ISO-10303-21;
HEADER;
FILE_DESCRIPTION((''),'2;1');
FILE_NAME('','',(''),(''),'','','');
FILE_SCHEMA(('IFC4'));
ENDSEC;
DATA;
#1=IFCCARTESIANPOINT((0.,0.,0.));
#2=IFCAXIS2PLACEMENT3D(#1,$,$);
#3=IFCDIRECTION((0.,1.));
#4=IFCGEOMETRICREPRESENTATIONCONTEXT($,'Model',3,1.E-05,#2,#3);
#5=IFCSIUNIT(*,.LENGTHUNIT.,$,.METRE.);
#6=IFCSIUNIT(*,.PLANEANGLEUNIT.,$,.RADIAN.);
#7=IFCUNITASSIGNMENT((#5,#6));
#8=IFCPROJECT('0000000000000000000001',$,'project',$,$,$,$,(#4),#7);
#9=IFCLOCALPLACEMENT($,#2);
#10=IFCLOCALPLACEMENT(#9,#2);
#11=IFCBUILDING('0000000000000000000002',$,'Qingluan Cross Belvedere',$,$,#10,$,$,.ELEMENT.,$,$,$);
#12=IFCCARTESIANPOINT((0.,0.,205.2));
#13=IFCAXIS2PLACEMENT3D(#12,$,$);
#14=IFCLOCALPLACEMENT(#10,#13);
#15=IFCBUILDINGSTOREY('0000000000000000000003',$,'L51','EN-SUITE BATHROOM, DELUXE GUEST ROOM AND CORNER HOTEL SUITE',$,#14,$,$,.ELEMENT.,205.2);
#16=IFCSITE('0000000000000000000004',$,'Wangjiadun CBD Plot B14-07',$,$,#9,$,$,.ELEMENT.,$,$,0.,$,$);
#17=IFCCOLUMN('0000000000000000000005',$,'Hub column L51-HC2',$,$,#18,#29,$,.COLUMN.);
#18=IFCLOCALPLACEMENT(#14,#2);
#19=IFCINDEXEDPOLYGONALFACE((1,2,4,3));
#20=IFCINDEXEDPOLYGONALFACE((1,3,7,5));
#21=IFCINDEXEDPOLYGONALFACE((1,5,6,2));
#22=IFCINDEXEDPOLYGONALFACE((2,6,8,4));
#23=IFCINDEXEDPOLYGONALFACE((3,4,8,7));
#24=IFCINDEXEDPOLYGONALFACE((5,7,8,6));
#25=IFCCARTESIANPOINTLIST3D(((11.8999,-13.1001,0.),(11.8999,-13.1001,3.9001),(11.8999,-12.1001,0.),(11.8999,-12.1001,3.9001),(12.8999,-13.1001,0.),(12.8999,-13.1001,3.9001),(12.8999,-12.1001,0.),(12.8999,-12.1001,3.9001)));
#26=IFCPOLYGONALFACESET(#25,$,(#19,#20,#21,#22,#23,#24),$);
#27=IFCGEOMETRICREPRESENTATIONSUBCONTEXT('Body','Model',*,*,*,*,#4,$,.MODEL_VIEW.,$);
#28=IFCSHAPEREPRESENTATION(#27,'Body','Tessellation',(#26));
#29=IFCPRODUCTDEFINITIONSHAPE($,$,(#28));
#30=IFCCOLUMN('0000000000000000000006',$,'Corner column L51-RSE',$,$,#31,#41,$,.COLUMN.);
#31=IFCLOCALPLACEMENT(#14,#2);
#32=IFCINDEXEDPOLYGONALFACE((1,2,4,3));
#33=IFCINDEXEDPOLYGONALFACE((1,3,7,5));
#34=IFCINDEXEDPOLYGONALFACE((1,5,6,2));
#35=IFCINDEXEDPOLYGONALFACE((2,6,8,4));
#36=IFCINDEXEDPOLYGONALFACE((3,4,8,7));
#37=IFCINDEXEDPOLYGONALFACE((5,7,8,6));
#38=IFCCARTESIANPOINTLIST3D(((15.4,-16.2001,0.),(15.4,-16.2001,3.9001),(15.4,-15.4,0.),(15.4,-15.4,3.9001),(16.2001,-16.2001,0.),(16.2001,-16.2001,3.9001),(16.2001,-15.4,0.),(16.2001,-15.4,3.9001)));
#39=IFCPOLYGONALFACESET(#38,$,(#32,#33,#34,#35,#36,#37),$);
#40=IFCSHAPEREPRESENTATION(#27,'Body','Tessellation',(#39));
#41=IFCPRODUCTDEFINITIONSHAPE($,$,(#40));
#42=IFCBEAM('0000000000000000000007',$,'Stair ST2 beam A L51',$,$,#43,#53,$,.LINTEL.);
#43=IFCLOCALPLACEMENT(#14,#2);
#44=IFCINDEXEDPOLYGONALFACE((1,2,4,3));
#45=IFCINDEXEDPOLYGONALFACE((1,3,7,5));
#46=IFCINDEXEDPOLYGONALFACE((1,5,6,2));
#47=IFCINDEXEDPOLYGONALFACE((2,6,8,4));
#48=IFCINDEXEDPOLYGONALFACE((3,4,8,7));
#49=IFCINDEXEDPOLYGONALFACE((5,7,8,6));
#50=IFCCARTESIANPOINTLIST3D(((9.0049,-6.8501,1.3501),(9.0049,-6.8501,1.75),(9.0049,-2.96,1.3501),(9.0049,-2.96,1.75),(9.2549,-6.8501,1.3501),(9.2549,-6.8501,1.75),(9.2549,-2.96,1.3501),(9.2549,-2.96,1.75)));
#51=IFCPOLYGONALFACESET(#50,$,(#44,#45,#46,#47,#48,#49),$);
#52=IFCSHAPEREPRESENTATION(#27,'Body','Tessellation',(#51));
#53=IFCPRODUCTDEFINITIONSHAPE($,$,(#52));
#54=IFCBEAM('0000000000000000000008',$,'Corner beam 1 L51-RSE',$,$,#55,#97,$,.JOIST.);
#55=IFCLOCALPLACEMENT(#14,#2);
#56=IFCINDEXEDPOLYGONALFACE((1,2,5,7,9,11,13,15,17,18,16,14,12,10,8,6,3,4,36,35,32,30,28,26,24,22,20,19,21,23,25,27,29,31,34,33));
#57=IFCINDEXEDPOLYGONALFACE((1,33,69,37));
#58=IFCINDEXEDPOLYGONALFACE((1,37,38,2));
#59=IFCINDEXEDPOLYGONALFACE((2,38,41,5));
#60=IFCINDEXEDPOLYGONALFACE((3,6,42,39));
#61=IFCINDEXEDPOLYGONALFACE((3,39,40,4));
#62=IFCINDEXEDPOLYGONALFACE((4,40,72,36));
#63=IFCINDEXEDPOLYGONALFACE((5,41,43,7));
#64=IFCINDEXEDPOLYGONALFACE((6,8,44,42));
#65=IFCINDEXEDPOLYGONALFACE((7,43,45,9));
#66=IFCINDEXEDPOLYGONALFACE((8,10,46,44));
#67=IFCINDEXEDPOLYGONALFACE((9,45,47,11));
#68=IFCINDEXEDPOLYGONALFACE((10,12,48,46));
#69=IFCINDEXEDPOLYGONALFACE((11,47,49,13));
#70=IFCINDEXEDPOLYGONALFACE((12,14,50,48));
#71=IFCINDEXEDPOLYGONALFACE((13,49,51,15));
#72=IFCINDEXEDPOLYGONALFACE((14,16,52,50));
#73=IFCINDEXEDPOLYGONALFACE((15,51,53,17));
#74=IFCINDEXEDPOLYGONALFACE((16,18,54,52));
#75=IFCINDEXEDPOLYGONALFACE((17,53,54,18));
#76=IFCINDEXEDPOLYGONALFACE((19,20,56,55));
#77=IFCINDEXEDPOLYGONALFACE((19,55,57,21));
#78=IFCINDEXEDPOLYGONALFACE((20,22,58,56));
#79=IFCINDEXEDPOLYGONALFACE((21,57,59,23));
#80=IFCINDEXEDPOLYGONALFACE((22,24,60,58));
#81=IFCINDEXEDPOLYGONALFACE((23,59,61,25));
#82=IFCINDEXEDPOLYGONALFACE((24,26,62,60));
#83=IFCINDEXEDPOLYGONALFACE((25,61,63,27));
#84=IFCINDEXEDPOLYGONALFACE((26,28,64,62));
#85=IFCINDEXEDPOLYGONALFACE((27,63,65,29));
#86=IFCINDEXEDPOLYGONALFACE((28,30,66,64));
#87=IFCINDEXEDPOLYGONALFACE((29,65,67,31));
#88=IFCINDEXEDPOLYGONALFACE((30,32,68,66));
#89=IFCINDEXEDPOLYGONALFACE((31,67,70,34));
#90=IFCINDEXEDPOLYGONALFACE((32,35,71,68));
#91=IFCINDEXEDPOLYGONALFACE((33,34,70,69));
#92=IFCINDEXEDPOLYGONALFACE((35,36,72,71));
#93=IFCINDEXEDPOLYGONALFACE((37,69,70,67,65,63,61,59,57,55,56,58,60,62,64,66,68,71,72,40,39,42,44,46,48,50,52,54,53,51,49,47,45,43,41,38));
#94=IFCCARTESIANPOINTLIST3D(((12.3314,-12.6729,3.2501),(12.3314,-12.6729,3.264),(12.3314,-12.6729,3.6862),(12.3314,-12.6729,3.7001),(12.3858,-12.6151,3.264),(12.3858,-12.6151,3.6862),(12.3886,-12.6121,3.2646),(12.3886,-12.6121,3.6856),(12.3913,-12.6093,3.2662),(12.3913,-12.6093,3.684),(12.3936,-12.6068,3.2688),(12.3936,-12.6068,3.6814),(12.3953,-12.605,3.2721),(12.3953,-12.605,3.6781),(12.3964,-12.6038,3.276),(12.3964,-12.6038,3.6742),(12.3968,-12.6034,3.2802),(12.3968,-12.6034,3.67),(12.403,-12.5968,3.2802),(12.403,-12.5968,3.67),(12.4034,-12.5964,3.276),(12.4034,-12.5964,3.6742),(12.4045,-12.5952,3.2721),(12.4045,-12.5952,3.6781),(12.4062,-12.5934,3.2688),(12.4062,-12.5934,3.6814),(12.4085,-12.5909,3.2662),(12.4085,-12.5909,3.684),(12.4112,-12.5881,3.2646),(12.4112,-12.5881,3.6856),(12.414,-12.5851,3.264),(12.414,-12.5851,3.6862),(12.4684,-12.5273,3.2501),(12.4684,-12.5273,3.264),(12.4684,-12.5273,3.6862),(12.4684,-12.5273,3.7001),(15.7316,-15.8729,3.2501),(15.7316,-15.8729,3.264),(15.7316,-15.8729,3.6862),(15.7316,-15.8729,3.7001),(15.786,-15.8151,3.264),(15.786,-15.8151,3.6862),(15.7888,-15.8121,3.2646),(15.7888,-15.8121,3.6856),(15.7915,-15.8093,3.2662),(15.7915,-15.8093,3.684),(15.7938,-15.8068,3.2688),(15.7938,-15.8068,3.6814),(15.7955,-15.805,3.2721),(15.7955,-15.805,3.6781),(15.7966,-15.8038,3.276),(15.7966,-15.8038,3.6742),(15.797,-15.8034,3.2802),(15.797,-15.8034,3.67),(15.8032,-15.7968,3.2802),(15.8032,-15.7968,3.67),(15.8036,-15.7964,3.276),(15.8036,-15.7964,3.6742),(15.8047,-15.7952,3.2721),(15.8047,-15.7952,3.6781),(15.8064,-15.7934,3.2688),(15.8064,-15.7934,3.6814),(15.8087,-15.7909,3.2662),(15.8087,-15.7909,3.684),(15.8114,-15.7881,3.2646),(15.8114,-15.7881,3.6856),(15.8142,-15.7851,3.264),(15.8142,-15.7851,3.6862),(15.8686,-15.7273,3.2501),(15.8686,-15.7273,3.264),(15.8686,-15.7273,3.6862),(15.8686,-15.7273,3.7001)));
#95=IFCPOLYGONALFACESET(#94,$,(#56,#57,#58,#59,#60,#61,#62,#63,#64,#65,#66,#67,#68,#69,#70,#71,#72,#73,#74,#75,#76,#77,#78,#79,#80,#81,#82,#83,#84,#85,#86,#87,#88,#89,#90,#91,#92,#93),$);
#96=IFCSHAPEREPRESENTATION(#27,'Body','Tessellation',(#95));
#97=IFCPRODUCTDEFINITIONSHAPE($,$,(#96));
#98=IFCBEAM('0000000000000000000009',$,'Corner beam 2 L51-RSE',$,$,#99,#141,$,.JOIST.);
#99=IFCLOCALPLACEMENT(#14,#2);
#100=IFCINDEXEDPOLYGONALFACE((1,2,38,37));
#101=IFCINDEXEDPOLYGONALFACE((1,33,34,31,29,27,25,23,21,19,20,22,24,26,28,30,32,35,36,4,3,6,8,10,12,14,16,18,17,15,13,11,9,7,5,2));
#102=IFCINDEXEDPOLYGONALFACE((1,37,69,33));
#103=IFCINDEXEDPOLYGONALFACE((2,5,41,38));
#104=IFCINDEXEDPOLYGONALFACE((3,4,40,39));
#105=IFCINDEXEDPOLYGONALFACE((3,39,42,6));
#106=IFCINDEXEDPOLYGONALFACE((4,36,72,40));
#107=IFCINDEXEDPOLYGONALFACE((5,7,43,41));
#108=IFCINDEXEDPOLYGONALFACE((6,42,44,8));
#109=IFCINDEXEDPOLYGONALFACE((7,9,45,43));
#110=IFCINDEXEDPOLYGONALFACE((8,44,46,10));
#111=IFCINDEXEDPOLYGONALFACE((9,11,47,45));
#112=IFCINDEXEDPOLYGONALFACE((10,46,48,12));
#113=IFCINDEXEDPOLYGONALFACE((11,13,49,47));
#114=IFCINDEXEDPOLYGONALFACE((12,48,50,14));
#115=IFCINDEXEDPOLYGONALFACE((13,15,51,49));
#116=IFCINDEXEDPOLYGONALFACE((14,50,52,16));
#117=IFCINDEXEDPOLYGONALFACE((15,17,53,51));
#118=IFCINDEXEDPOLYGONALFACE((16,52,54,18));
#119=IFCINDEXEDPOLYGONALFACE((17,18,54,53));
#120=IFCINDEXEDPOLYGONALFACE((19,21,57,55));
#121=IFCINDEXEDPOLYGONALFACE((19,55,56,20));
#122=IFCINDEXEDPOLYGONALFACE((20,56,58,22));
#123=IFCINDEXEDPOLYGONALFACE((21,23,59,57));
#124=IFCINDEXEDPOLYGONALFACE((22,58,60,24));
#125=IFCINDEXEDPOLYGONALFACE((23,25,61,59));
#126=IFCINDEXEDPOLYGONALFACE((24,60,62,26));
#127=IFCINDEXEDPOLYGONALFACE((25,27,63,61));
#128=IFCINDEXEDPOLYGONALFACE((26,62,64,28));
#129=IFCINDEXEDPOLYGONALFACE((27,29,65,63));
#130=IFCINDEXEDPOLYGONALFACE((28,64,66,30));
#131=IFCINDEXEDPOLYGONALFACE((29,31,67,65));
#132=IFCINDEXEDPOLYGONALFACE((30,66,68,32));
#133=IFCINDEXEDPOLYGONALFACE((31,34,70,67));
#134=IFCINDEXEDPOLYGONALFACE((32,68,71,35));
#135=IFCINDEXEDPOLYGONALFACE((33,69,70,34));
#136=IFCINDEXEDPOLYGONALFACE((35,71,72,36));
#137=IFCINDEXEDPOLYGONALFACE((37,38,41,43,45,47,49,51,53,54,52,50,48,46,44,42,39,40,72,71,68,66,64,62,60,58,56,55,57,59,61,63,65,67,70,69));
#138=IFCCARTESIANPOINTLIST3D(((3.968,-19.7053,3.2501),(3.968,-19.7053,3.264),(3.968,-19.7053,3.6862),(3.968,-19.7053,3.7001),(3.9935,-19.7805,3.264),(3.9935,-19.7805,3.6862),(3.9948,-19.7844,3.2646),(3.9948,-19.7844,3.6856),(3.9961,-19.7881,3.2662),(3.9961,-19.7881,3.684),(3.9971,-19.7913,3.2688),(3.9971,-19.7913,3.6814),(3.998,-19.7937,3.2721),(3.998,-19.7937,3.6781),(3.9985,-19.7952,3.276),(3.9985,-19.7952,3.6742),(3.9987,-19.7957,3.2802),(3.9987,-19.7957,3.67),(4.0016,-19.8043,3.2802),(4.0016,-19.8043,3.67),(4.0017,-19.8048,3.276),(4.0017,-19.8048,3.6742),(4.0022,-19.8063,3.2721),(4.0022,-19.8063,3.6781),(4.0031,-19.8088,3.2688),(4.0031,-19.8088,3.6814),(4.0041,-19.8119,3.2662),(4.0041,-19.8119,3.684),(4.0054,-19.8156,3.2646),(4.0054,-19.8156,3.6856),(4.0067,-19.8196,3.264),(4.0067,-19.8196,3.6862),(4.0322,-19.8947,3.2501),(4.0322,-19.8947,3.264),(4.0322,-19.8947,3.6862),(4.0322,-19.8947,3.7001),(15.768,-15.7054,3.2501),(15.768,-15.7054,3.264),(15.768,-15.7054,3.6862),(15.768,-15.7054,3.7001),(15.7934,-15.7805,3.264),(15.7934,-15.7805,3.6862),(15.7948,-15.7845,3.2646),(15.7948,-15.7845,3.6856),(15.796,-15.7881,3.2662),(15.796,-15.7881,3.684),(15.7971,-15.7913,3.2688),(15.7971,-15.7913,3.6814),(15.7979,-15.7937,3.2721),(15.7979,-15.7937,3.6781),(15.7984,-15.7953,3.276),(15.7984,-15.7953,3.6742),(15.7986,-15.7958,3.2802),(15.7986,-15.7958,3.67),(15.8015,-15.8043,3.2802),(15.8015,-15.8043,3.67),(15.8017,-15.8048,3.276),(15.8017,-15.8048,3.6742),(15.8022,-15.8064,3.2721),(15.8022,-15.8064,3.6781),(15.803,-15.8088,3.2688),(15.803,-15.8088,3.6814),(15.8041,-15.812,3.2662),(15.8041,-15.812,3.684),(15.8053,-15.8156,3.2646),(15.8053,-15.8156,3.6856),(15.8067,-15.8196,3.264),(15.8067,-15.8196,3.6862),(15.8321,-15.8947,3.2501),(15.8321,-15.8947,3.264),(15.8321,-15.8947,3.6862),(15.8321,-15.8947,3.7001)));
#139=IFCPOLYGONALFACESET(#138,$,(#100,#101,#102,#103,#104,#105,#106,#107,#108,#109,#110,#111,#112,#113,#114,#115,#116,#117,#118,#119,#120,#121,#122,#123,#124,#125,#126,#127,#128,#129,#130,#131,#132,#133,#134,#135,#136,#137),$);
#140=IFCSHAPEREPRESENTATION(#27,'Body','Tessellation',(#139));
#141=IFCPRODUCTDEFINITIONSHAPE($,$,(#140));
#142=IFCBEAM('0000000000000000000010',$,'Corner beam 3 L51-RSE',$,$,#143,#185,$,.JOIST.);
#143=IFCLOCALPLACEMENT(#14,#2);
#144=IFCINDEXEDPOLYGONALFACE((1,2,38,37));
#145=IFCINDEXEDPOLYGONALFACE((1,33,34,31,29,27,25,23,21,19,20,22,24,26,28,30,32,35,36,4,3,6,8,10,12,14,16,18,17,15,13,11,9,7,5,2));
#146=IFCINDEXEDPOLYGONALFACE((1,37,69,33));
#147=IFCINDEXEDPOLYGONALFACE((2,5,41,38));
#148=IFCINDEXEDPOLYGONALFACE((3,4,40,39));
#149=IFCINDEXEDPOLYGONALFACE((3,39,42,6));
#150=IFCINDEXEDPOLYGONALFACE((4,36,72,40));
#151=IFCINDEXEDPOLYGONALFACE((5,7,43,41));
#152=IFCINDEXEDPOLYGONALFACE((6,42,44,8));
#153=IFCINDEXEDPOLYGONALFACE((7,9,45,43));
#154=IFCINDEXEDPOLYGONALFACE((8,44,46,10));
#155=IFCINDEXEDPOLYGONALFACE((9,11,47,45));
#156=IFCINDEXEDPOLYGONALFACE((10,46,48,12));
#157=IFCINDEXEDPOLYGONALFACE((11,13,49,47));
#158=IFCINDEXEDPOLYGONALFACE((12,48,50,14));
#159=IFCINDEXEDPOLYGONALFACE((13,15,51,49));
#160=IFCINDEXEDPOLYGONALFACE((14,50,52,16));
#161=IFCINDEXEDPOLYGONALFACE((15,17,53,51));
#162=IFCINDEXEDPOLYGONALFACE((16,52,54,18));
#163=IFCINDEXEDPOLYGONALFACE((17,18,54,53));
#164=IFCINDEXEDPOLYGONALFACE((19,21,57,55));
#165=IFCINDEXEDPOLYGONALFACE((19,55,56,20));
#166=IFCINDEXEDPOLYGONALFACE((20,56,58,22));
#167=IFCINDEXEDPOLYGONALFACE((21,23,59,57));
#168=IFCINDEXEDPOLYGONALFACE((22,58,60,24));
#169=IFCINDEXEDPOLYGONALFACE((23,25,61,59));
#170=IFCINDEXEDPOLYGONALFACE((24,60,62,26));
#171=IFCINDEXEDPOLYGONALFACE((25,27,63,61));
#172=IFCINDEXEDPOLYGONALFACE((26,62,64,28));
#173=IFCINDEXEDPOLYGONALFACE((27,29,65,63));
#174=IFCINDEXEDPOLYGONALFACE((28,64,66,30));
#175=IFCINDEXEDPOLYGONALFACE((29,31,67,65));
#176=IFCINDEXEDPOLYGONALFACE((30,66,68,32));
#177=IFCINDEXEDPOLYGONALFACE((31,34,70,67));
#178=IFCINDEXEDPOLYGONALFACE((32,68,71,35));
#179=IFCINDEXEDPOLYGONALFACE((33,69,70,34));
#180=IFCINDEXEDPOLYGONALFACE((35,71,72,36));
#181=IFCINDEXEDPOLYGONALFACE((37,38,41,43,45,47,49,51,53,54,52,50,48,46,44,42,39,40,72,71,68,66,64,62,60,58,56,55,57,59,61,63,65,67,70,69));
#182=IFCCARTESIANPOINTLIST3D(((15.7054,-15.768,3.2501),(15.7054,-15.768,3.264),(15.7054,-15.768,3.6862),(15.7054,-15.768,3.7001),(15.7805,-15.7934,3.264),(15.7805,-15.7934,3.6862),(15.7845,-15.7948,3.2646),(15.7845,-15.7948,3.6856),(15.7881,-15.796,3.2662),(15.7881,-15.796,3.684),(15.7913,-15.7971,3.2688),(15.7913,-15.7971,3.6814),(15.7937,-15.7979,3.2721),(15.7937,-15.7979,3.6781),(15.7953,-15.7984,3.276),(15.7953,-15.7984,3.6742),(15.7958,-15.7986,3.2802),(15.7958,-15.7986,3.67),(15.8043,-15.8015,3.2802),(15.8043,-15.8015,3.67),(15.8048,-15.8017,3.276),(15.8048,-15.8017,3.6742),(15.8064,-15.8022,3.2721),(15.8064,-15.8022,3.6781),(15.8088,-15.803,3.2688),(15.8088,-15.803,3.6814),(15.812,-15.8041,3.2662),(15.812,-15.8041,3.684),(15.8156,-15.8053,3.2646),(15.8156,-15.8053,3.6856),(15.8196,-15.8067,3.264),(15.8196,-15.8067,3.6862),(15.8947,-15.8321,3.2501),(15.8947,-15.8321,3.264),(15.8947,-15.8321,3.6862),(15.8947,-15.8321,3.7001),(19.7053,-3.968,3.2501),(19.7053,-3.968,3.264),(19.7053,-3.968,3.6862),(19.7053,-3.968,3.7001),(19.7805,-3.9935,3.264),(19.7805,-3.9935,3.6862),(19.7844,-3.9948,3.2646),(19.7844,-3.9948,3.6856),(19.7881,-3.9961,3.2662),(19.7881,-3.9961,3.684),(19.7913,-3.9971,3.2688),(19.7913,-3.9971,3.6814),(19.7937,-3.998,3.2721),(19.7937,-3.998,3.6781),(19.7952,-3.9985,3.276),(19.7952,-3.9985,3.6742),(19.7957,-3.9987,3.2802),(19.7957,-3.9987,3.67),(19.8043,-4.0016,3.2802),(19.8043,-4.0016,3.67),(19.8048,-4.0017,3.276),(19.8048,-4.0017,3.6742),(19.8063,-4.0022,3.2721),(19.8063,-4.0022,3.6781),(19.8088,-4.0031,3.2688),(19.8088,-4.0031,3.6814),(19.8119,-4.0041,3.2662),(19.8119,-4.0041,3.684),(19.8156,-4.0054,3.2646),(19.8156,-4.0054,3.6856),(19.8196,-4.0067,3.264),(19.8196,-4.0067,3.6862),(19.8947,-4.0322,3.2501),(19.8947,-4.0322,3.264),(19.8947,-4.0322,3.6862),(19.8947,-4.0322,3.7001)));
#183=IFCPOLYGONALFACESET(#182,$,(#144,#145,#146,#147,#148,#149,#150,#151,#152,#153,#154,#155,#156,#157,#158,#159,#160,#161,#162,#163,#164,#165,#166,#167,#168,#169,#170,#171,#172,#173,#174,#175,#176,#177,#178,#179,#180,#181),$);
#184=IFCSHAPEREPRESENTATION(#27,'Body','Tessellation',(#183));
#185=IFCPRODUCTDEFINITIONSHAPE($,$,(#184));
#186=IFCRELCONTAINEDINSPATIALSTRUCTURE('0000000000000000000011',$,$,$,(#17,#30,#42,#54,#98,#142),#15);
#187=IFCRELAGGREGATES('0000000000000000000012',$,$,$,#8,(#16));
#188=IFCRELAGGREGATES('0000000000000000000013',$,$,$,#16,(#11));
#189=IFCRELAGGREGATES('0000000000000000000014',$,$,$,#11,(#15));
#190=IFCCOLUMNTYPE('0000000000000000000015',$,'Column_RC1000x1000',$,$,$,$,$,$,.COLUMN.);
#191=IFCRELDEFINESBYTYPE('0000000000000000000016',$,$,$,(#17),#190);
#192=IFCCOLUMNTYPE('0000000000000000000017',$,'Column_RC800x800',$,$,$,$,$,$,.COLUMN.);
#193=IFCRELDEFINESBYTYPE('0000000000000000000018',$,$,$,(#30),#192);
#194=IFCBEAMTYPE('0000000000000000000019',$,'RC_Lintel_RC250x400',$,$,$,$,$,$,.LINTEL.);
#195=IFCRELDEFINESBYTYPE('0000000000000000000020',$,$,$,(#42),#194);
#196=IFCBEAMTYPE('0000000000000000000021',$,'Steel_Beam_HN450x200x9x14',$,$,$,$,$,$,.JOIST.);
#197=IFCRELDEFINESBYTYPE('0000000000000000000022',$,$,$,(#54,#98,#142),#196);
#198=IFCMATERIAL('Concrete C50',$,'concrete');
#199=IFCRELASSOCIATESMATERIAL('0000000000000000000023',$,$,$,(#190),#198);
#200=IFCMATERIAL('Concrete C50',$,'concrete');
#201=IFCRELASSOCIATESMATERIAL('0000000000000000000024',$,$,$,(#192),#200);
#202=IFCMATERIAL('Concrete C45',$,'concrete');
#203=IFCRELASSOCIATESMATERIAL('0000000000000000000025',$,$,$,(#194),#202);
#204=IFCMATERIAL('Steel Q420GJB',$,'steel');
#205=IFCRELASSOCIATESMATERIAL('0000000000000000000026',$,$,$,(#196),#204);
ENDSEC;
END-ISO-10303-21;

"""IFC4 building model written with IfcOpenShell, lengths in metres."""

from ifc_helpers import new_model, si_unit, direction, frame, origin, origin_2d, place, context, subcontext, project, spatial, rectangle, i_section, extrude, material, material_profile, profile_set, type_object, element, save


model = new_model("IFC4")

# Units and contexts
model_context = context("Model", 3, precision=1e-05, world=origin(), true_north=direction((0.0, 1.0)))
body_context = subcontext(model_context, "Body", "Model", "MODEL_VIEW")
ifc_project = project(units=[si_unit("LENGTHUNIT", "METRE"), si_unit("PLANEANGLEUNIT", "RADIAN")], contexts=[model_context])

# Site, building, storey
site_placement = place(None, origin())
site = spatial("IfcSite", under=ifc_project, at=site_placement, Name="Wangjiadun CBD Plot B14-07", CompositionType="ELEMENT", RefElevation=0.0)
building_placement = place(site_placement, origin())
building = spatial("IfcBuilding", under=site, at=building_placement, Name="Qingluan Cross Belvedere", CompositionType="ELEMENT")
storey_placement = place(building_placement, frame((0.0, 0.0, 205.2)))
storey = spatial("IfcBuildingStorey", under=building, at=storey_placement, Name="L51", Description="EN-SUITE BATHROOM, DELUXE GUEST ROOM AND CORNER HOTEL SUITE", CompositionType="ELEMENT", Elevation=205.2)

# Columns
ifc_material_1 = material(Name="Concrete C50", Category="concrete")
ifc_material_profile_1 = material_profile(ifc_material_1, rectangle(XDim=1.0, YDim=1.0, at=origin_2d()), Name="RC1000x1000")
ifc_profile_set_1 = profile_set([ifc_material_profile_1], Name="Concrete C50")
column_type_1 = type_object("IfcColumnType", Name="Column_RC1000x1000", PredefinedType="COLUMN", material=ifc_profile_set_1)
column_1_placement = place(storey_placement, frame((12.3999, -12.6001, 0.0), z_axis=(0.0, 0.0, 1.0), x_axis=(1.0, 0.0, 0.0)))
element("IfcColumn", 1, at=column_1_placement, inside=storey, type_object=column_type_1, Name="Hub column L51-HC2", PredefinedType="COLUMN", context=body_context, shape_type="SweptSolid", body=[
    extrude(rectangle(XDim=1.0, YDim=1.0, at=origin_2d()), origin(), (0.0, 0.0, 1.0), 3.9001),
])
ifc_material_2 = material(Name="Concrete C50", Category="concrete")
ifc_material_profile_2 = material_profile(ifc_material_2, rectangle(XDim=0.8, YDim=0.8, at=origin_2d()), Name="RC800x800")
ifc_profile_set_2 = profile_set([ifc_material_profile_2], Name="Concrete C50")
column_type_2 = type_object("IfcColumnType", Name="Column_RC800x800", PredefinedType="COLUMN", material=ifc_profile_set_2)
column_2_placement = place(storey_placement, frame((15.8, -15.8, 0.0), z_axis=(0.0, 0.0, 1.0), x_axis=(1.0, 0.0, 0.0)))
element("IfcColumn", 2, at=column_2_placement, inside=storey, type_object=column_type_2, Name="Corner column L51-RSE", PredefinedType="COLUMN", context=body_context, shape_type="SweptSolid", body=[
    extrude(rectangle(XDim=0.8, YDim=0.8, at=origin_2d()), origin(), (0.0, 0.0, 1.0), 3.9001),
])

# Beams
ifc_material_3 = material(Name="Concrete C45", Category="concrete")
ifc_material_profile_3 = material_profile(ifc_material_3, rectangle(XDim=0.25, YDim=0.3999, at=origin_2d()), Name="RC250x400")
ifc_profile_set_3 = profile_set([ifc_material_profile_3], Name="Concrete C45")
beam_type_1 = type_object("IfcBeamType", Name="RC_Lintel_RC250x400", PredefinedType="LINTEL", material=ifc_profile_set_3)
beam_1_placement = place(storey_placement, frame((9.1299, -6.8501, 1.55), z_axis=(0.0, 1.0, 0.0), x_axis=(-1.0, 0.0, 0.0)))
element("IfcBeam", 3, at=beam_1_placement, inside=storey, type_object=beam_type_1, Name="Stair ST2 beam A L51", PredefinedType="LINTEL", context=body_context, shape_type="SweptSolid", body=[
    extrude(rectangle(XDim=0.25, YDim=0.3999, at=origin_2d()), origin(), (0.0, 0.0, 1.0), 3.8901),
])
ifc_material_4 = material(Name="Steel Q420GJB", Category="steel")
ifc_material_profile_4 = material_profile(ifc_material_4, i_section(OverallWidth=0.2, OverallDepth=0.45, WebThickness=0.009, FlangeThickness=0.0139, FilletRadius=0.0161, at=origin_2d()), Name="HN450x200x9x14")
ifc_profile_set_4 = profile_set([ifc_material_profile_4], Name="Steel Q420GJB")
beam_type_2 = type_object("IfcBeamType", Name="Steel_Beam_HN450x200x9x14", PredefinedType="JOIST", material=ifc_profile_set_4)
beam_2_placement = place(storey_placement, frame((12.3999, -12.6001, 3.4751), z_axis=(0.72822, -0.685343, 0.0), x_axis=(0.685343, 0.72822, 0.0)))
element("IfcBeam", 4, at=beam_2_placement, inside=storey, type_object=beam_type_2, Name="Corner beam 1 L51-RSE", PredefinedType="JOIST", context=body_context, shape_type="SweptSolid", body=[
    extrude(i_section(OverallWidth=0.2, OverallDepth=0.45, WebThickness=0.009, FlangeThickness=0.0139, FilletRadius=0.0161, at=origin_2d()), origin(), (0.0, 0.0, 1.0), 4.6692),
])
for number, where, z_axis, x_axis, name in (
    (5, (15.8, -15.8, 3.4751), (-0.947066, -0.321038, 0.0), (0.321038, -0.947066, 0.0), "Corner beam 2 L51-RSE"),
    (6, (15.8, -15.8, 3.4751), (0.321038, 0.947066, 0.0), (-0.947066, 0.321038, 0.0), "Corner beam 3 L51-RSE"),
):
    element("IfcBeam", number, at=place(storey_placement, frame(where, z_axis=z_axis, x_axis=x_axis)), inside=storey, type_object=beam_type_2, Name=name, PredefinedType="JOIST", context=body_context, shape_type="SweptSolid", body=[
        extrude(i_section(OverallWidth=0.2, OverallDepth=0.45, WebThickness=0.009, FlangeThickness=0.0139, FilletRadius=0.0161, at=origin_2d()), origin(), (0.0, 0.0, 1.0), 12.4595),
    ])

save(model, "model.ifc")
